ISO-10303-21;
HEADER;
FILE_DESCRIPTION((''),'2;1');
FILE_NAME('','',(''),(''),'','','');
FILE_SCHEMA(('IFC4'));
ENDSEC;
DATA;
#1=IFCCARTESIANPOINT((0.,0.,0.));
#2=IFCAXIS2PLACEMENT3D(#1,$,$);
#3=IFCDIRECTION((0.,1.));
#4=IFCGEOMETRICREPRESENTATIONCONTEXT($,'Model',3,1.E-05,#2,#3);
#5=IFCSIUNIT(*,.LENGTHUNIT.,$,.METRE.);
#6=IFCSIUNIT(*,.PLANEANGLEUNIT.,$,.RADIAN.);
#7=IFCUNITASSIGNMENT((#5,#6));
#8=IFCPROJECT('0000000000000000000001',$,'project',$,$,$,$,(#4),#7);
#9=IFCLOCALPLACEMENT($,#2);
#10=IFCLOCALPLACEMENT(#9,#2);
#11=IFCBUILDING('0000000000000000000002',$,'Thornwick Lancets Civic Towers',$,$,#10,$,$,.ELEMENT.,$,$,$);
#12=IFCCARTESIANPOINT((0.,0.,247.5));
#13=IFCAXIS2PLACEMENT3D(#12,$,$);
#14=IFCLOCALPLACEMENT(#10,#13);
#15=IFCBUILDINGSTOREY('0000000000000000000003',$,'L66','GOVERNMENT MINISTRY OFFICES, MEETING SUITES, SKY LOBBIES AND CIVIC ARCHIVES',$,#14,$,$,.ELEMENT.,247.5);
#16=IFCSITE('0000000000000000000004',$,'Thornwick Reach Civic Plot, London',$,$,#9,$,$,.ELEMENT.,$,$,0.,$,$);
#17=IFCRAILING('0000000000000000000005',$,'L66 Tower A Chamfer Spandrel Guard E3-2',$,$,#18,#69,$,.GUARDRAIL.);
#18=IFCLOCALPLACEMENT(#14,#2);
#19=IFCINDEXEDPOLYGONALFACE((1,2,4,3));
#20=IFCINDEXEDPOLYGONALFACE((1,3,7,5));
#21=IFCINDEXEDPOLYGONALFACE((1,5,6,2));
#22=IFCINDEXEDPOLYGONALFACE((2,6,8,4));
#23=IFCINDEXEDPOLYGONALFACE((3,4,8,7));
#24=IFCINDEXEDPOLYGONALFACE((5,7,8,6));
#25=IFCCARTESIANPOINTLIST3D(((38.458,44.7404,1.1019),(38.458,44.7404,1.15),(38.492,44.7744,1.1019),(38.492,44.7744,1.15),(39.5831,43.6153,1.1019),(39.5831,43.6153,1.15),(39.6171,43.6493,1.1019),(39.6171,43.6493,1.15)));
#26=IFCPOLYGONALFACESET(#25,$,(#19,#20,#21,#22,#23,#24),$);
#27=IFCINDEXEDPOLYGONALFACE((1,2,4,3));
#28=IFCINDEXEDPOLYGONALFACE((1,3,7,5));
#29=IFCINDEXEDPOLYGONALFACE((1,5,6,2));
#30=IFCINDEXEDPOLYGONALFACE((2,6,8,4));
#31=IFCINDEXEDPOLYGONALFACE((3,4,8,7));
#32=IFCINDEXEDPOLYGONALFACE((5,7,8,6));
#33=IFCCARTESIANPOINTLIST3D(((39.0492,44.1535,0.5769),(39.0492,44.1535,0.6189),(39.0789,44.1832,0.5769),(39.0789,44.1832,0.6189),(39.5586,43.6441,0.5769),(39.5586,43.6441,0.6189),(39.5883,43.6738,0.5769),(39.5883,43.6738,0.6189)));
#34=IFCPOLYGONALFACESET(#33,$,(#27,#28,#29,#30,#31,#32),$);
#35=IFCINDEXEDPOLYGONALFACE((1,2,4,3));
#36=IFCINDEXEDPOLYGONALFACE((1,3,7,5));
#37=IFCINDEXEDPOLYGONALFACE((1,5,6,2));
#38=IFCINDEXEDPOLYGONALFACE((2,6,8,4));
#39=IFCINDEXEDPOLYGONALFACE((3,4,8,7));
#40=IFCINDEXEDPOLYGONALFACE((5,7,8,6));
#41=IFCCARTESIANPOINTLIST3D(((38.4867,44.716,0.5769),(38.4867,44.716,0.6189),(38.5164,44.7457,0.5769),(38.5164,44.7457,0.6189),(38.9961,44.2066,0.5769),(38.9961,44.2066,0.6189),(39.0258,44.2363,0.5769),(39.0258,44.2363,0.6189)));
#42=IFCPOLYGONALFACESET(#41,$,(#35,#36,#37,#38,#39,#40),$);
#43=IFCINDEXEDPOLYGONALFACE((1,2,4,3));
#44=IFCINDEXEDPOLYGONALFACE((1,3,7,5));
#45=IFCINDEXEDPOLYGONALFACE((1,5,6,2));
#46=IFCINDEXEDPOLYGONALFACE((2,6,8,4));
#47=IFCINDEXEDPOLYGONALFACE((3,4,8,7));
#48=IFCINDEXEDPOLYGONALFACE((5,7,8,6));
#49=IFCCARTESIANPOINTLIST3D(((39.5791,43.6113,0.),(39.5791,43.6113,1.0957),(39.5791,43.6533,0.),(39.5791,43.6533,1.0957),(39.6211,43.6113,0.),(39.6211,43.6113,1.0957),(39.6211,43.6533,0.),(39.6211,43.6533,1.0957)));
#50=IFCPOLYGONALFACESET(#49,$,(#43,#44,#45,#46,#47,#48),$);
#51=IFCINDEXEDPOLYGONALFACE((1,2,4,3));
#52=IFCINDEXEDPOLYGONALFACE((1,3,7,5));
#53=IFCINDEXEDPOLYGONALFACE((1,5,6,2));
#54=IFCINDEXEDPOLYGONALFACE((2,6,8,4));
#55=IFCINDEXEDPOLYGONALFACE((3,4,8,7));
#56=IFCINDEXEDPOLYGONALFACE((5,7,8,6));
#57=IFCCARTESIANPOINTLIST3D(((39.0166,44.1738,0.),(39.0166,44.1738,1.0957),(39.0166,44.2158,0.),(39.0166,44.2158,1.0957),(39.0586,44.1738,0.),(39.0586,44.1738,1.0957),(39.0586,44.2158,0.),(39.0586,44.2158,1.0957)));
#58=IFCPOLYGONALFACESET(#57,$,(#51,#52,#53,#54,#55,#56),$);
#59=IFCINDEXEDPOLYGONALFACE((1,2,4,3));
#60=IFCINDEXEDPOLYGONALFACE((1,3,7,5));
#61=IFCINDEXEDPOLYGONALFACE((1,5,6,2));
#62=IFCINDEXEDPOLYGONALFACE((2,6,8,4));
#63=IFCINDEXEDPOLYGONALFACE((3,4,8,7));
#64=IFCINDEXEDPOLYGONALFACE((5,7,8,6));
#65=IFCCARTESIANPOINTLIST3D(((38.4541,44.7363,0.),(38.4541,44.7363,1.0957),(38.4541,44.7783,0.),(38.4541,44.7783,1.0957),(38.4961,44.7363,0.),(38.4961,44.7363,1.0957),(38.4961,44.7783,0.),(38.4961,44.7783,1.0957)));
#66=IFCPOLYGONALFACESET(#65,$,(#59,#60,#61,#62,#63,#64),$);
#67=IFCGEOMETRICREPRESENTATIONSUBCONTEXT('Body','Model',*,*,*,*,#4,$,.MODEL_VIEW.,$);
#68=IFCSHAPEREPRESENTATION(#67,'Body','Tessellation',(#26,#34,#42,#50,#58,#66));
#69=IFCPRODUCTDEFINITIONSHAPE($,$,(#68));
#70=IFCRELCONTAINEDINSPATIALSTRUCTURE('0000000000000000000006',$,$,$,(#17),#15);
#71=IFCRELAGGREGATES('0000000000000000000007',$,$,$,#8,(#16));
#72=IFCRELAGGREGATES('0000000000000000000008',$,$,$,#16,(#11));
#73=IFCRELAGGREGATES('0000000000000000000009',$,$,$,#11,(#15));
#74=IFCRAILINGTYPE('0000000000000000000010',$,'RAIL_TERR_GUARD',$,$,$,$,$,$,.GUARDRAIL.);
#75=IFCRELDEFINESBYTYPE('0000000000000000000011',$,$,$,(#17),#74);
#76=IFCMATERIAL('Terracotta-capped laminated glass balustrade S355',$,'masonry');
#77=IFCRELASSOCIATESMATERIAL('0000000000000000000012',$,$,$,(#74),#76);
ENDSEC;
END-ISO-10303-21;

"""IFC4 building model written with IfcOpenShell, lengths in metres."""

from ifc_helpers import new_model, si_unit, direction, frame, origin, origin_2d, place, context, subcontext, project, spatial, rectangle, extrude, material, type_object, element, save


model = new_model("IFC4")

# Units and contexts
model_context = context("Model", 3, precision=1e-05, world=origin(), true_north=direction((0.0, 1.0)))
body_context = subcontext(model_context, "Body", "Model", "MODEL_VIEW")
ifc_project = project(units=[si_unit("LENGTHUNIT", "METRE"), si_unit("PLANEANGLEUNIT", "RADIAN")], contexts=[model_context])

# Site, building, storey
site_placement = place(None, origin())
site = spatial("IfcSite", under=ifc_project, at=site_placement, Name="Thornwick Reach Civic Plot, London", CompositionType="ELEMENT", RefElevation=0.0)
building_placement = place(site_placement, origin())
building = spatial("IfcBuilding", under=site, at=building_placement, Name="Thornwick Lancets Civic Towers", CompositionType="ELEMENT")
storey_placement = place(building_placement, frame((0.0, 0.0, 247.5)))
storey = spatial("IfcBuildingStorey", under=building, at=storey_placement, Name="L66", Description="GOVERNMENT MINISTRY OFFICES, MEETING SUITES, SKY LOBBIES AND CIVIC ARCHIVES", CompositionType="ELEMENT", Elevation=247.5)

# Railing
ifc_material_1 = material(Name="Terracotta-capped laminated glass balustrade S355", Category="masonry")
railing_type_1 = type_object("IfcRailingType", Name="RAIL_TERR_GUARD", PredefinedType="GUARDRAIL", material=ifc_material_1)
railing_1_placement = place(storey_placement, frame((39.6001, 43.6323, 0.0)))
element("IfcRailing", 1, at=railing_1_placement, inside=storey, type_object=railing_type_1, Name="L66 Tower A Chamfer Spandrel Guard E3-2", PredefinedType="GUARDRAIL", context=body_context, shape_type="SweptSolid", body=[
    extrude(rectangle(XDim=0.0481, YDim=0.0481, at=origin_2d()), frame((0.0, 0.0, 1.126), z_axis=(-0.707107, 0.707107, 0.0), x_axis=(-0.707107, -0.707107, 0.0)), (0.0, 0.0, 1.0), 1.5911),
    extrude(rectangle(XDim=0.042, YDim=0.042, at=origin_2d()), frame((-0.0266, 0.0266, 0.5979), z_axis=(-0.707107, 0.707107, 0.0), x_axis=(-0.707107, -0.707107, 0.0)), (0.0, 0.0, 1.0), 0.7205),
    extrude(rectangle(XDim=0.042, YDim=0.042, at=origin_2d()), frame((-0.5891, 0.5891, 0.5979), z_axis=(-0.707107, 0.707107, 0.0), x_axis=(-0.707107, -0.707107, 0.0)), (0.0, 0.0, 1.0), 0.7205),
    extrude(rectangle(XDim=0.042, YDim=0.042, at=origin_2d()), origin(), (0.0, 0.0, 1.0), 1.0957),
    extrude(rectangle(XDim=0.042, YDim=0.042, at=origin_2d()), frame((-0.5625, 0.5625, 0.0)), (0.0, 0.0, 1.0), 1.0957),
    extrude(rectangle(XDim=0.042, YDim=0.042, at=origin_2d()), frame((-1.125, 1.125, 0.0)), (0.0, 0.0, 1.0), 1.0957),
])

save(model, "model.ifc")
